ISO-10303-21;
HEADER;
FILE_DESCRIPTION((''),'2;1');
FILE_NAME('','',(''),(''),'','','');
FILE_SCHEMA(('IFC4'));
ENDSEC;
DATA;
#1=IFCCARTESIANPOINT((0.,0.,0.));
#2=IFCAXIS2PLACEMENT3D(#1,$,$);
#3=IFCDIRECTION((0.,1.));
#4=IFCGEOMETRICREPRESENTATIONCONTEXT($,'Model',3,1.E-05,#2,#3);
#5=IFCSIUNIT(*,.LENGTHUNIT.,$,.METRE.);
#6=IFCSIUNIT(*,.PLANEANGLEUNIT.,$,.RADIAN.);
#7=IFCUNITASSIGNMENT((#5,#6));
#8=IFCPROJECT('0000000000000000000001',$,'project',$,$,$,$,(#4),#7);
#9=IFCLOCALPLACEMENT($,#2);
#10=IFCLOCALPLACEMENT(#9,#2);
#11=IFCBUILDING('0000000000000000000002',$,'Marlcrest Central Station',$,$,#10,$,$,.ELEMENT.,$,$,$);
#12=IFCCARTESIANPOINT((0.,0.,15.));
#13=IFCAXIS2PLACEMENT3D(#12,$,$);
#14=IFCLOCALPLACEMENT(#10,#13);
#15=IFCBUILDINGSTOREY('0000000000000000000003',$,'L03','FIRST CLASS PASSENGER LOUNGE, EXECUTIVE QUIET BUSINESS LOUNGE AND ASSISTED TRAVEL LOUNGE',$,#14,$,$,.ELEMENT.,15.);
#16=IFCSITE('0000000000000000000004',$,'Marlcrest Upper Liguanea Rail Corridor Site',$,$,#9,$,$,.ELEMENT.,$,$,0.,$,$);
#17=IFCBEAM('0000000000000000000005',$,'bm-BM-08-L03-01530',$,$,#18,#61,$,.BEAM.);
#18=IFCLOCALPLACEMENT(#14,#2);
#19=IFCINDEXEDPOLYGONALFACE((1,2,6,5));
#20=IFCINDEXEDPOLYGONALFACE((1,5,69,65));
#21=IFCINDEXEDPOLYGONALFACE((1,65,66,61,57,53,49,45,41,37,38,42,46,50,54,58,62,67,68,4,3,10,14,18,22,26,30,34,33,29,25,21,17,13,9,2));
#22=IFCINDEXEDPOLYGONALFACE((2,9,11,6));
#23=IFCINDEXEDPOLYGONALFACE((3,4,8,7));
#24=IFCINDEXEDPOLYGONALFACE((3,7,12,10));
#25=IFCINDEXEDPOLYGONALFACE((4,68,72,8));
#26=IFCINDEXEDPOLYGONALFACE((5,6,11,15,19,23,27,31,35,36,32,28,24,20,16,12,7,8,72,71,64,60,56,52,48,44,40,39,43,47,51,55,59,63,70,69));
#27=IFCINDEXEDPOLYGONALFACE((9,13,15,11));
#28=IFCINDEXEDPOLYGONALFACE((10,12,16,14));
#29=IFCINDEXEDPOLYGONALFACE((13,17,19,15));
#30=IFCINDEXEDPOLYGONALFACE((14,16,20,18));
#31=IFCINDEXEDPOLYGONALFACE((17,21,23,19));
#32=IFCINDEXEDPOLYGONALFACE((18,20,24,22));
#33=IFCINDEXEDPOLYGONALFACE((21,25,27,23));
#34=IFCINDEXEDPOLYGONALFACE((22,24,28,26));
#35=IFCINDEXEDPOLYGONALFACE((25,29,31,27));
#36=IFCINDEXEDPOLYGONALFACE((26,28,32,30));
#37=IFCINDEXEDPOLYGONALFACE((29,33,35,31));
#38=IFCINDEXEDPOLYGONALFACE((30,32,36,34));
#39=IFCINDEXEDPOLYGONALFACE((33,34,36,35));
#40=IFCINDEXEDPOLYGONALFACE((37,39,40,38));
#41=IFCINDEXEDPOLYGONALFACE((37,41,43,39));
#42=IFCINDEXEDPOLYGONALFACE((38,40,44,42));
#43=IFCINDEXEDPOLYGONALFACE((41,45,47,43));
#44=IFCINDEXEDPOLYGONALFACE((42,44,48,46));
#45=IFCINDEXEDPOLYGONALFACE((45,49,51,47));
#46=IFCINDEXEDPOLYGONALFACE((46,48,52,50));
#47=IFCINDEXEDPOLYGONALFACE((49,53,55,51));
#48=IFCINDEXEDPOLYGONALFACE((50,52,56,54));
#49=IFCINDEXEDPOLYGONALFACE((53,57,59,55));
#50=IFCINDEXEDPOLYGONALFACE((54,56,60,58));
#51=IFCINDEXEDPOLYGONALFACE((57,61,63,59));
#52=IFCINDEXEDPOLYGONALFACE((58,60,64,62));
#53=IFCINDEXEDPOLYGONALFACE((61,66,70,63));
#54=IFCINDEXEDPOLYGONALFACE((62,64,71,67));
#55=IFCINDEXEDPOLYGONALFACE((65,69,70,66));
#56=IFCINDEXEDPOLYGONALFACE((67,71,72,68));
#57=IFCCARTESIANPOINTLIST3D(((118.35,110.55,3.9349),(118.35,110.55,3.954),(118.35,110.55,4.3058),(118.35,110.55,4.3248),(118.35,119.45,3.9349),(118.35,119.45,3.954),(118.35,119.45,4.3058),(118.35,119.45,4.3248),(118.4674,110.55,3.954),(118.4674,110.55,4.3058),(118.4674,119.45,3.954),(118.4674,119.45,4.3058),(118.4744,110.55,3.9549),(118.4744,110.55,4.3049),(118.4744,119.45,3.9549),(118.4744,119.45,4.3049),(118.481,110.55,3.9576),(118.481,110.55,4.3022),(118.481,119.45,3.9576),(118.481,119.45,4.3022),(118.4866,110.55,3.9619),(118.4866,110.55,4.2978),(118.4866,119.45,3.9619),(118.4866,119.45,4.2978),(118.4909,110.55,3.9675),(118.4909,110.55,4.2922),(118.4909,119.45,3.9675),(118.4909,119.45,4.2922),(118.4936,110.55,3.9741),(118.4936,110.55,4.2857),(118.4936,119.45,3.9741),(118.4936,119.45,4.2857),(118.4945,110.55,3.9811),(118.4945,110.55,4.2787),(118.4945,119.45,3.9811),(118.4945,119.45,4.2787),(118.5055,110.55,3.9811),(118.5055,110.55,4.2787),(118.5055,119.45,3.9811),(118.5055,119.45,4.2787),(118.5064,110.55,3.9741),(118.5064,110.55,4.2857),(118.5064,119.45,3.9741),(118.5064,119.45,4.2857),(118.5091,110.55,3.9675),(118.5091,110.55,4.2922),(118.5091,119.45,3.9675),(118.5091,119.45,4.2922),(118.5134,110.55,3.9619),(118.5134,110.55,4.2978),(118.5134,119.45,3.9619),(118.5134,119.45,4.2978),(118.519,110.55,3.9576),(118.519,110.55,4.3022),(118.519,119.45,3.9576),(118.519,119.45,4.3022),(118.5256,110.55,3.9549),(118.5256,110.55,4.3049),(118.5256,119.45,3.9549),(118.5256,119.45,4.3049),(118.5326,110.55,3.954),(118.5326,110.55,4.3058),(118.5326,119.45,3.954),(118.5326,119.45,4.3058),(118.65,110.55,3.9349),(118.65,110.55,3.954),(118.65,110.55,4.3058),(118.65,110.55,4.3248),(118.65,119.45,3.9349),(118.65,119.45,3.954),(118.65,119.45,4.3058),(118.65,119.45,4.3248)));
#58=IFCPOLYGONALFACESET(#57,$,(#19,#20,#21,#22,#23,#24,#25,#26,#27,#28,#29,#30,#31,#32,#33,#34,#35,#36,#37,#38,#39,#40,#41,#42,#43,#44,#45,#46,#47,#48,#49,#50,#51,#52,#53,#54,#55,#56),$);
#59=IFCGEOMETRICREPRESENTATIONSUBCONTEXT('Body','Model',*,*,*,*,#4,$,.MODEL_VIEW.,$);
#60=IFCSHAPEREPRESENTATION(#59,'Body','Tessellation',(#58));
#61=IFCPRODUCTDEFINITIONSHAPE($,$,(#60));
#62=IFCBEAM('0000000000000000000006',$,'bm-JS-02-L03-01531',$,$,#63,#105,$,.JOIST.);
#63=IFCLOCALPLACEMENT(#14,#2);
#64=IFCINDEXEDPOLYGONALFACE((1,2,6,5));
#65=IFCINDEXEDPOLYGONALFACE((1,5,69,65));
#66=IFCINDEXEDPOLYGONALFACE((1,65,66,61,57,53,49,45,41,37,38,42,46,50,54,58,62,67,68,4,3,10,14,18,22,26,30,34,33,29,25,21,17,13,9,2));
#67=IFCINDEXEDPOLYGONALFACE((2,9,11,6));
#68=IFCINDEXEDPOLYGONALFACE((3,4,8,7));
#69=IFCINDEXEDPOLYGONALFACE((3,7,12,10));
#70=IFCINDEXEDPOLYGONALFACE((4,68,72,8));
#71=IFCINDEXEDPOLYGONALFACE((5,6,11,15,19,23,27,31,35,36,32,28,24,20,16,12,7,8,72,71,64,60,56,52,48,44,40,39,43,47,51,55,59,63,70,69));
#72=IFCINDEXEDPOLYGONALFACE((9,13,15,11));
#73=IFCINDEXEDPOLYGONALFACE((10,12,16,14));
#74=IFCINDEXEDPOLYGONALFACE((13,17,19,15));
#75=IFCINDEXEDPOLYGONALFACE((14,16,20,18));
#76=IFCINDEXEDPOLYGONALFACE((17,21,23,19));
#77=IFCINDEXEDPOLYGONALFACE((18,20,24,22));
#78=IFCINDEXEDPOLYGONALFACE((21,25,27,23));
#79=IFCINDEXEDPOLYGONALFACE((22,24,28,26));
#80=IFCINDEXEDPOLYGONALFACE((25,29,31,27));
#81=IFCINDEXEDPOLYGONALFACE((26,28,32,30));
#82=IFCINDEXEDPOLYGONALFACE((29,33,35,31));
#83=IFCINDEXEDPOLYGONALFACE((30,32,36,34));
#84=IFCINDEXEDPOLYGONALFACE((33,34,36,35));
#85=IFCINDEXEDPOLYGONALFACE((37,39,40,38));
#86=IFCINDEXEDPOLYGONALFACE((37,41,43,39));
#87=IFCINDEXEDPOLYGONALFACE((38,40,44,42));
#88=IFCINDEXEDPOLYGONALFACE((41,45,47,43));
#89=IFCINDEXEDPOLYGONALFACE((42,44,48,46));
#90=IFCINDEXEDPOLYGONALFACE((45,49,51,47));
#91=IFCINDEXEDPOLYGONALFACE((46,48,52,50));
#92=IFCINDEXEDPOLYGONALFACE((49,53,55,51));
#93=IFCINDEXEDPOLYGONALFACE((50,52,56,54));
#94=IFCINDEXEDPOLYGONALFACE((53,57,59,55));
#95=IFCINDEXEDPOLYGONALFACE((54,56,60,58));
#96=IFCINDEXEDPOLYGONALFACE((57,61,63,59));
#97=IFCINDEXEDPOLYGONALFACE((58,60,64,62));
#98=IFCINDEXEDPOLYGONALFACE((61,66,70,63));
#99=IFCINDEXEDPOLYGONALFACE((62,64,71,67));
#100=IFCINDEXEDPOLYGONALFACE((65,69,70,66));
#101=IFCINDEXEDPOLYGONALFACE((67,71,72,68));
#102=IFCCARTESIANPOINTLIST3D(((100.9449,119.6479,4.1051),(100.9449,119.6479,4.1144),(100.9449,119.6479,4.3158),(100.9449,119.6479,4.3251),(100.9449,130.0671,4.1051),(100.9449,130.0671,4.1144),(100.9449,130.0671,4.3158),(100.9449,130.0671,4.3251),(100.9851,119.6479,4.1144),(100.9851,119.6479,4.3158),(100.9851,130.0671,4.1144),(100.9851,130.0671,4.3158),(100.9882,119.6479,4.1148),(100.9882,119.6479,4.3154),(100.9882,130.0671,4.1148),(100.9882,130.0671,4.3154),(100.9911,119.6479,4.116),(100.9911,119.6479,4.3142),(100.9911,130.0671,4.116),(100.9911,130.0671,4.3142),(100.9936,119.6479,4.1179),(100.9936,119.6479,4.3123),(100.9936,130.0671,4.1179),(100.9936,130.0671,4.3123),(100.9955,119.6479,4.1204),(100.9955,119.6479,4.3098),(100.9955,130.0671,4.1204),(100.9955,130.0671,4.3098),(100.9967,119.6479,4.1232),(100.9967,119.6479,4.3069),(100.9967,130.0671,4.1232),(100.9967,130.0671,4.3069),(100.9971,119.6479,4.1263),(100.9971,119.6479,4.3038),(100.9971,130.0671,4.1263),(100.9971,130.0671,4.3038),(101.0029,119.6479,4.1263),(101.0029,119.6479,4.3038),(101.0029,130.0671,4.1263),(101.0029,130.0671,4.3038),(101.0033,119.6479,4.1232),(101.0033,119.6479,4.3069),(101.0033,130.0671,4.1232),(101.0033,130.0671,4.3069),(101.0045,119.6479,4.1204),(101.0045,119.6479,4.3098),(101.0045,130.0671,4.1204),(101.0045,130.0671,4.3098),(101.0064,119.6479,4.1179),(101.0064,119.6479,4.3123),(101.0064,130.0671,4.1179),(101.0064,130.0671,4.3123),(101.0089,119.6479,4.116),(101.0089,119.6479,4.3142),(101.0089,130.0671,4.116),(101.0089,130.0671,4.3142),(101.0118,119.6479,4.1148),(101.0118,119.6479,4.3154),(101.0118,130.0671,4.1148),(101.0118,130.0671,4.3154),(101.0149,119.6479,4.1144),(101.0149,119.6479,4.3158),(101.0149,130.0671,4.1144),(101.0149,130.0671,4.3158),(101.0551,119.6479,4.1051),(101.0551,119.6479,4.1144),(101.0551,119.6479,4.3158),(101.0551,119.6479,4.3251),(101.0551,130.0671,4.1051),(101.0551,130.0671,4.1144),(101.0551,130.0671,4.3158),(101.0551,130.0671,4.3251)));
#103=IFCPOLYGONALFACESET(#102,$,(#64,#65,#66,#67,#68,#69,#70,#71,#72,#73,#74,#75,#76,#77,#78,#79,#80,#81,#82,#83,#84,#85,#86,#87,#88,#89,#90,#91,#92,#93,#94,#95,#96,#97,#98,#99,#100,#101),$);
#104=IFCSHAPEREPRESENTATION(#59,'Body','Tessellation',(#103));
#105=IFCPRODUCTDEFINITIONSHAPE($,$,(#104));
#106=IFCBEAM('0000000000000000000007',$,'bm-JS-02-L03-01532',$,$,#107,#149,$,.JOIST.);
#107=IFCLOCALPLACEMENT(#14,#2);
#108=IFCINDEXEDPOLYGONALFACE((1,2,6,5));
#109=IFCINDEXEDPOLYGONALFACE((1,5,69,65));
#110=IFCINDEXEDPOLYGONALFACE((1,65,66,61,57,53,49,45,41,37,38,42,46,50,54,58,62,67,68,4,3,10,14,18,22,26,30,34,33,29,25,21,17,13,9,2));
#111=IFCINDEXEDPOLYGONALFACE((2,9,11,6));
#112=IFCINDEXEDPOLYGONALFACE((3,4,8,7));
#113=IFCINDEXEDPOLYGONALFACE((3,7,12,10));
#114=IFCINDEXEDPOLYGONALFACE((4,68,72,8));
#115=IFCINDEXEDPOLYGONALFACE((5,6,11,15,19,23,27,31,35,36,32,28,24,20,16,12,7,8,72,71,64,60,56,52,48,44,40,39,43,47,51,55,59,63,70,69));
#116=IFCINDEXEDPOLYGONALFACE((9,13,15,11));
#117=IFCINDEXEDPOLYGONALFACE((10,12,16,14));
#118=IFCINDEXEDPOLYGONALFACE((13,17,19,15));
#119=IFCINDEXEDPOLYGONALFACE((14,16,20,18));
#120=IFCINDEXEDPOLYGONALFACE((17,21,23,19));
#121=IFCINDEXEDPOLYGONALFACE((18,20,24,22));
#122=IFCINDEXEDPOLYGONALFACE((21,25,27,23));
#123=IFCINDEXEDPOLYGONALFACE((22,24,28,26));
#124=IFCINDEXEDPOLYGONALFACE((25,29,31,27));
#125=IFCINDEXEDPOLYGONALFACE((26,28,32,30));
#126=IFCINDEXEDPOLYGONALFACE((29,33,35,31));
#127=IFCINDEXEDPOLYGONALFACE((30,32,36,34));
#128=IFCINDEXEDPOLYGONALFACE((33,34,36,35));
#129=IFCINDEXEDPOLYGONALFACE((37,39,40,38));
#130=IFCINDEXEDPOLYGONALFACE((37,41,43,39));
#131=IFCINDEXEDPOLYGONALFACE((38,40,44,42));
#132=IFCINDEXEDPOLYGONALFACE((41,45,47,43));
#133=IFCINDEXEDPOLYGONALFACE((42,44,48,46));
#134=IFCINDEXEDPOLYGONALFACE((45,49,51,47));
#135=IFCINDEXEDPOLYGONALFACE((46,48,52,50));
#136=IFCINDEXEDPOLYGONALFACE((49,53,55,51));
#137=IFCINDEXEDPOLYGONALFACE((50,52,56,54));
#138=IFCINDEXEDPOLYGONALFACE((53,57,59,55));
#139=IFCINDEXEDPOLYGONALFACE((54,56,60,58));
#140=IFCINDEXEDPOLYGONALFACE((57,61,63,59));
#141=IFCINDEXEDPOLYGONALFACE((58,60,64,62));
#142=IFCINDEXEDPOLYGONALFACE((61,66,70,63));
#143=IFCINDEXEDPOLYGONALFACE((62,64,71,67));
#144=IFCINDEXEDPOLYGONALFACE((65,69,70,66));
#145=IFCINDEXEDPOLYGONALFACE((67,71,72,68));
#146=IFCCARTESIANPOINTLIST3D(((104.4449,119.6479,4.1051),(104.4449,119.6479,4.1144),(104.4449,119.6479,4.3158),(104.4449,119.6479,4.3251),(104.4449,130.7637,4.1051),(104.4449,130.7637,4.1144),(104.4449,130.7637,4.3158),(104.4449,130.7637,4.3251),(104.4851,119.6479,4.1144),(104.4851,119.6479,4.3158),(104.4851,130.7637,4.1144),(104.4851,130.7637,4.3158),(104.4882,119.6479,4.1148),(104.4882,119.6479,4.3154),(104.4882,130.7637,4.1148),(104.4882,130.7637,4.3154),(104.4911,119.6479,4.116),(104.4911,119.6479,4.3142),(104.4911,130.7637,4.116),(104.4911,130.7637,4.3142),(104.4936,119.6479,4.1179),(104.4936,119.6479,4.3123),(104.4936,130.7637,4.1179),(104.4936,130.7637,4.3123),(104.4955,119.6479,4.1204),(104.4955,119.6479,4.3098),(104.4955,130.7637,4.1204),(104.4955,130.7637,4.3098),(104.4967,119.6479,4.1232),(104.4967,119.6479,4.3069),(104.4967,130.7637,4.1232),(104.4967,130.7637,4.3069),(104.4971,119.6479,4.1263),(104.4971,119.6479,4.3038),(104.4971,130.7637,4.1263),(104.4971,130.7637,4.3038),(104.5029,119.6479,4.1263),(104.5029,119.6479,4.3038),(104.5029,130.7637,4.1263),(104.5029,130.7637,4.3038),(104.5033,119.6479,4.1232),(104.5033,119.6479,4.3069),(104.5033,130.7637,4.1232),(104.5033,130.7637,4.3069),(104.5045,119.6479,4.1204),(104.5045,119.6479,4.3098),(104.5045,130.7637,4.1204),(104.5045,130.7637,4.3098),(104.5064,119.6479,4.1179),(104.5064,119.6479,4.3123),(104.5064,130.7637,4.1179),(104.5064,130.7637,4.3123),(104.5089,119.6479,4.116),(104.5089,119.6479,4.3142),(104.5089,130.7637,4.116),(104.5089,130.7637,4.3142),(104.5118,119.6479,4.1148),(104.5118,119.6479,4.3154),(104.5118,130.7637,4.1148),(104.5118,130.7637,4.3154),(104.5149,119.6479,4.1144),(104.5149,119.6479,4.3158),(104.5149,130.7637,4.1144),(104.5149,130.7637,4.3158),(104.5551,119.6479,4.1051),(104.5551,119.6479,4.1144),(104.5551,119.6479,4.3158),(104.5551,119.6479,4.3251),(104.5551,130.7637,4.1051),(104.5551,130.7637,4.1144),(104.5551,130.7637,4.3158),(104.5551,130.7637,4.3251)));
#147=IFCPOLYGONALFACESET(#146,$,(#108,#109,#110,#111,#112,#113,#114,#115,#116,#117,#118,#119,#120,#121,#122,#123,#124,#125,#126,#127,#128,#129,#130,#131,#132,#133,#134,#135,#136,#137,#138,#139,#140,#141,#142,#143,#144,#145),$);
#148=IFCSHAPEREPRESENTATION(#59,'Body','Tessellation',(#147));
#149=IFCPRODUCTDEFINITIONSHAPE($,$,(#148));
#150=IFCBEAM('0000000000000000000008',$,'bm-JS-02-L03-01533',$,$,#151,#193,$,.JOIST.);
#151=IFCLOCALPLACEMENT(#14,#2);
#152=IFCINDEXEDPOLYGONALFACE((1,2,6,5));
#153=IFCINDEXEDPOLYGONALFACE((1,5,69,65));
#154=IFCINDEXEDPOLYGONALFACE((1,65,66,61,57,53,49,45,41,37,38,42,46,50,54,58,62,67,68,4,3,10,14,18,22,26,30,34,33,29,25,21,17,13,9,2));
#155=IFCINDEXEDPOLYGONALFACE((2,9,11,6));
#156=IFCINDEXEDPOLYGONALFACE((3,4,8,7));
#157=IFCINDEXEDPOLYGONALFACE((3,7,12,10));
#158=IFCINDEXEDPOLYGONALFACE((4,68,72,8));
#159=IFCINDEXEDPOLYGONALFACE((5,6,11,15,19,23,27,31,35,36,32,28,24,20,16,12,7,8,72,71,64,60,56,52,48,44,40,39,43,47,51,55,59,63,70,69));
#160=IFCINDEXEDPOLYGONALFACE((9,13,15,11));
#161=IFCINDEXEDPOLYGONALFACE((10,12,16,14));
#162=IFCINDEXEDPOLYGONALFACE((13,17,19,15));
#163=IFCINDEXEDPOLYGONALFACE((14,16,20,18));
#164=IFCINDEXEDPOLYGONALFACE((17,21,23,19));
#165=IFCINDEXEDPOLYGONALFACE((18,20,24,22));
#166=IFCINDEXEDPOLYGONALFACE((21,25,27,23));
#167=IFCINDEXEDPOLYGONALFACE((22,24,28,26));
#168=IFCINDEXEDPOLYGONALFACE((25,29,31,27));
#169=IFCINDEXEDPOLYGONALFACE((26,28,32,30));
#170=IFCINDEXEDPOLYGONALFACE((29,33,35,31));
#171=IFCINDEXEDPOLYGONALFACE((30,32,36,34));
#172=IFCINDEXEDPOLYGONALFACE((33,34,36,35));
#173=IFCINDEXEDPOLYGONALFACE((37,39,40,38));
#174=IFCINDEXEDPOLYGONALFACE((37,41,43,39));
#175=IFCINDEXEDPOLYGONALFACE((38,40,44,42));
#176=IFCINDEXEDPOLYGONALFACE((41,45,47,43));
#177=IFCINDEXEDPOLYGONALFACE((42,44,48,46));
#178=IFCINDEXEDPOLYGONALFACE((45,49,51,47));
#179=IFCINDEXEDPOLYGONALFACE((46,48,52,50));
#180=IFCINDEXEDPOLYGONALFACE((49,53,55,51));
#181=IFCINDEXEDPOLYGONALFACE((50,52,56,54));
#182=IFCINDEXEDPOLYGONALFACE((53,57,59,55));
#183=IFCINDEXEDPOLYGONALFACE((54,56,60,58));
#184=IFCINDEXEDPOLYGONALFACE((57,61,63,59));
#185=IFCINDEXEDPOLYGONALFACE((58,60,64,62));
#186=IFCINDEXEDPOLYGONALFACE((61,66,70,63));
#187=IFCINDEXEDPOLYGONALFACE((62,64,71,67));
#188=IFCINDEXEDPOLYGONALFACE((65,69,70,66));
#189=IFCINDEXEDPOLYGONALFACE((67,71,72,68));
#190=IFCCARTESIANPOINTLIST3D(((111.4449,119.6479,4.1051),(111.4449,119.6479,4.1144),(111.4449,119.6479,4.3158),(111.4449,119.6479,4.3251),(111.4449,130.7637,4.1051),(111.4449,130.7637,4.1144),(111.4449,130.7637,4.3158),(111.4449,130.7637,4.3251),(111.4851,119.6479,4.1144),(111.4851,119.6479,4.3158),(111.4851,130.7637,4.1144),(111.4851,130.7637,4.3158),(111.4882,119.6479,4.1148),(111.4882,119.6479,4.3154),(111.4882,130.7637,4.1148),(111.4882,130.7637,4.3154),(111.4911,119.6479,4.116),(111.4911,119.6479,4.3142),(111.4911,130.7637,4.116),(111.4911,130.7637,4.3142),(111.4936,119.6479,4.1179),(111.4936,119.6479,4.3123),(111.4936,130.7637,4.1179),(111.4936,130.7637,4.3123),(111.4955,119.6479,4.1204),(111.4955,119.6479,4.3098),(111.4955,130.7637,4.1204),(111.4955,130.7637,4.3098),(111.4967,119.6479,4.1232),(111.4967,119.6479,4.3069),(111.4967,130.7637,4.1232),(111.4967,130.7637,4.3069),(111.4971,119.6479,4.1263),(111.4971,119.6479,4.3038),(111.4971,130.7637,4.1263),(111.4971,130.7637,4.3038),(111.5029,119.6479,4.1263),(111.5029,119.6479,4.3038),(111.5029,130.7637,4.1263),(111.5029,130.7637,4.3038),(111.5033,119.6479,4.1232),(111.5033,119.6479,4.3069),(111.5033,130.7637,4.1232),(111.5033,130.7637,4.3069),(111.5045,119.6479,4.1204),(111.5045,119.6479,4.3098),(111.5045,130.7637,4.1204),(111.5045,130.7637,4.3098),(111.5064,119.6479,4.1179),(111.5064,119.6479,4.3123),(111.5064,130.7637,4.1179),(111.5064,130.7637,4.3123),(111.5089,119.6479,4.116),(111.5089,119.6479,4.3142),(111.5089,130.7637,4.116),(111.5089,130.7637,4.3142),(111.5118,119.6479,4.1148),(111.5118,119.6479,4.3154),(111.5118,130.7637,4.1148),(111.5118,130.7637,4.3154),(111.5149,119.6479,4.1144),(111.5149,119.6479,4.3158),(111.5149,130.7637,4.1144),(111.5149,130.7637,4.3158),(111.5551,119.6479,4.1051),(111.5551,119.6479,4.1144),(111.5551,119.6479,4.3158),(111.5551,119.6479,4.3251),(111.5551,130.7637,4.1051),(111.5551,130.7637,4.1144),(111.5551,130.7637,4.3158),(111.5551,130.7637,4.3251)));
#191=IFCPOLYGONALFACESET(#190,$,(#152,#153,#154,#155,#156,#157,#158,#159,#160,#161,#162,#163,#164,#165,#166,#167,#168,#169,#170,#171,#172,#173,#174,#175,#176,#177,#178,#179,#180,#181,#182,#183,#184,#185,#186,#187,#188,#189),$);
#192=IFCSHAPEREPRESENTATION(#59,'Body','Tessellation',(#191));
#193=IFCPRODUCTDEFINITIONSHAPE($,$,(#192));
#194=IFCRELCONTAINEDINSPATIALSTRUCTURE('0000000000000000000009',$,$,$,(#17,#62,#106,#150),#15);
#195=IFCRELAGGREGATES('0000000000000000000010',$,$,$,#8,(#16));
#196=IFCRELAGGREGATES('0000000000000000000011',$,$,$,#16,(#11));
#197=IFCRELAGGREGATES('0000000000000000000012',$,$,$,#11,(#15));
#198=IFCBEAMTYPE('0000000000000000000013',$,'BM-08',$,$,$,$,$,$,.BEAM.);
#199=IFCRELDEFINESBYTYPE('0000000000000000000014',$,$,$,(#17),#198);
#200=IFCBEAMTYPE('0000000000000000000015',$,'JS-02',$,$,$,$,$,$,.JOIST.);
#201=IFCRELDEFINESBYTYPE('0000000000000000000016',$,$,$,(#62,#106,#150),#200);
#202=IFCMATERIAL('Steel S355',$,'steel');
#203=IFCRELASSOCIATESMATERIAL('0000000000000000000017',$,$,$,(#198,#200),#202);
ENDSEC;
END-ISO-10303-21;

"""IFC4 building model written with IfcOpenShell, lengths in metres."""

from ifc_helpers import new_model, si_unit, direction, frame, origin, origin_2d, place, context, subcontext, project, spatial, i_section, extrude, material, material_profile, profile_set, type_object, element, save


model = new_model("IFC4")

# Units and contexts
model_context = context("Model", 3, precision=1e-05, world=origin(), true_north=direction((0.0, 1.0)))
body_context = subcontext(model_context, "Body", "Model", "MODEL_VIEW")
ifc_project = project(units=[si_unit("LENGTHUNIT", "METRE"), si_unit("PLANEANGLEUNIT", "RADIAN")], contexts=[model_context])

# Site, building, storey
site_placement = place(None, origin())
site = spatial("IfcSite", under=ifc_project, at=site_placement, Name="Marlcrest Upper Liguanea Rail Corridor Site", CompositionType="ELEMENT", RefElevation=0.0)
building_placement = place(site_placement, origin())
building = spatial("IfcBuilding", under=site, at=building_placement, Name="Marlcrest Central Station", CompositionType="ELEMENT")
storey_placement = place(building_placement, frame((0.0, 0.0, 15.0)))
storey = spatial("IfcBuildingStorey", under=building, at=storey_placement, Name="L03", Description="FIRST CLASS PASSENGER LOUNGE, EXECUTIVE QUIET BUSINESS LOUNGE AND ASSISTED TRAVEL LOUNGE", CompositionType="ELEMENT", Elevation=15.0)

# Shared definitions
ifc_material_1 = material(Name="Steel S355", Category="steel")

# Beams
ifc_material_profile_1 = material_profile(ifc_material_1, i_section(OverallWidth=0.3, OverallDepth=0.3899, WebThickness=0.011, FlangeThickness=0.019, FilletRadius=0.0271, at=origin_2d()), Name="HEA 400")
ifc_profile_set_1 = profile_set([ifc_material_profile_1], Name="Steel S355")
beam_type_1 = type_object("IfcBeamType", Name="BM-08", PredefinedType="BEAM", material=ifc_profile_set_1)
for number, where, z_axis, x_axis, name in (
    (1, (118.5, 110.55, 4.1299), (0.0, 1.0, 0.0), (-1.0, 0.0, 0.0), "bm-BM-08-L03-01530"),
):
    element("IfcBeam", number, at=place(storey_placement, frame(where, z_axis=z_axis, x_axis=x_axis)), inside=storey, type_object=beam_type_1, Name=name, PredefinedType="BEAM", context=body_context, shape_type="SweptSolid", body=[
        extrude(i_section(OverallWidth=0.3, OverallDepth=0.3899, WebThickness=0.011, FlangeThickness=0.019, FilletRadius=0.0271, at=origin_2d()), origin(), (0.0, 0.0, 1.0), 8.8999),
    ])
ifc_material_profile_2 = material_profile(ifc_material_1, i_section(OverallWidth=0.1101, OverallDepth=0.22, WebThickness=0.0059, FlangeThickness=0.0093, FilletRadius=0.012, at=origin_2d()), Name="IPE 220")
ifc_profile_set_2 = profile_set([ifc_material_profile_2], Name="Steel S355")
beam_type_2 = type_object("IfcBeamType", Name="JS-02", PredefinedType="JOIST", material=ifc_profile_set_2)
beam_1_placement = place(storey_placement, frame((101.0, 119.6479, 4.2151), z_axis=(0.0, 1.0, 0.0), x_axis=(-1.0, 0.0, 0.0)))
element("IfcBeam", 2, at=beam_1_placement, inside=storey, type_object=beam_type_2, Name="bm-JS-02-L03-01531", PredefinedType="JOIST", context=body_context, shape_type="SweptSolid", body=[
    extrude(i_section(OverallWidth=0.1101, OverallDepth=0.22, WebThickness=0.0059, FlangeThickness=0.0093, FilletRadius=0.012, at=origin_2d()), origin(), (0.0, 0.0, 1.0), 10.4192),
])
for number, where, z_axis, x_axis, name in (
    (3, (104.5, 119.6479, 4.2151), (0.0, 1.0, 0.0), (-1.0, 0.0, 0.0), "bm-JS-02-L03-01532"),
    (4, (111.5, 119.6479, 4.2151), (0.0, 1.0, 0.0), (-1.0, 0.0, 0.0), "bm-JS-02-L03-01533"),
):
    element("IfcBeam", number, at=place(storey_placement, frame(where, z_axis=z_axis, x_axis=x_axis)), inside=storey, type_object=beam_type_2, Name=name, PredefinedType="JOIST", context=body_context, shape_type="SweptSolid", body=[
        extrude(i_section(OverallWidth=0.1101, OverallDepth=0.22, WebThickness=0.0059, FlangeThickness=0.0093, FilletRadius=0.012, at=origin_2d()), origin(), (0.0, 0.0, 1.0), 11.1157),
    ])

save(model, "model.ifc")
